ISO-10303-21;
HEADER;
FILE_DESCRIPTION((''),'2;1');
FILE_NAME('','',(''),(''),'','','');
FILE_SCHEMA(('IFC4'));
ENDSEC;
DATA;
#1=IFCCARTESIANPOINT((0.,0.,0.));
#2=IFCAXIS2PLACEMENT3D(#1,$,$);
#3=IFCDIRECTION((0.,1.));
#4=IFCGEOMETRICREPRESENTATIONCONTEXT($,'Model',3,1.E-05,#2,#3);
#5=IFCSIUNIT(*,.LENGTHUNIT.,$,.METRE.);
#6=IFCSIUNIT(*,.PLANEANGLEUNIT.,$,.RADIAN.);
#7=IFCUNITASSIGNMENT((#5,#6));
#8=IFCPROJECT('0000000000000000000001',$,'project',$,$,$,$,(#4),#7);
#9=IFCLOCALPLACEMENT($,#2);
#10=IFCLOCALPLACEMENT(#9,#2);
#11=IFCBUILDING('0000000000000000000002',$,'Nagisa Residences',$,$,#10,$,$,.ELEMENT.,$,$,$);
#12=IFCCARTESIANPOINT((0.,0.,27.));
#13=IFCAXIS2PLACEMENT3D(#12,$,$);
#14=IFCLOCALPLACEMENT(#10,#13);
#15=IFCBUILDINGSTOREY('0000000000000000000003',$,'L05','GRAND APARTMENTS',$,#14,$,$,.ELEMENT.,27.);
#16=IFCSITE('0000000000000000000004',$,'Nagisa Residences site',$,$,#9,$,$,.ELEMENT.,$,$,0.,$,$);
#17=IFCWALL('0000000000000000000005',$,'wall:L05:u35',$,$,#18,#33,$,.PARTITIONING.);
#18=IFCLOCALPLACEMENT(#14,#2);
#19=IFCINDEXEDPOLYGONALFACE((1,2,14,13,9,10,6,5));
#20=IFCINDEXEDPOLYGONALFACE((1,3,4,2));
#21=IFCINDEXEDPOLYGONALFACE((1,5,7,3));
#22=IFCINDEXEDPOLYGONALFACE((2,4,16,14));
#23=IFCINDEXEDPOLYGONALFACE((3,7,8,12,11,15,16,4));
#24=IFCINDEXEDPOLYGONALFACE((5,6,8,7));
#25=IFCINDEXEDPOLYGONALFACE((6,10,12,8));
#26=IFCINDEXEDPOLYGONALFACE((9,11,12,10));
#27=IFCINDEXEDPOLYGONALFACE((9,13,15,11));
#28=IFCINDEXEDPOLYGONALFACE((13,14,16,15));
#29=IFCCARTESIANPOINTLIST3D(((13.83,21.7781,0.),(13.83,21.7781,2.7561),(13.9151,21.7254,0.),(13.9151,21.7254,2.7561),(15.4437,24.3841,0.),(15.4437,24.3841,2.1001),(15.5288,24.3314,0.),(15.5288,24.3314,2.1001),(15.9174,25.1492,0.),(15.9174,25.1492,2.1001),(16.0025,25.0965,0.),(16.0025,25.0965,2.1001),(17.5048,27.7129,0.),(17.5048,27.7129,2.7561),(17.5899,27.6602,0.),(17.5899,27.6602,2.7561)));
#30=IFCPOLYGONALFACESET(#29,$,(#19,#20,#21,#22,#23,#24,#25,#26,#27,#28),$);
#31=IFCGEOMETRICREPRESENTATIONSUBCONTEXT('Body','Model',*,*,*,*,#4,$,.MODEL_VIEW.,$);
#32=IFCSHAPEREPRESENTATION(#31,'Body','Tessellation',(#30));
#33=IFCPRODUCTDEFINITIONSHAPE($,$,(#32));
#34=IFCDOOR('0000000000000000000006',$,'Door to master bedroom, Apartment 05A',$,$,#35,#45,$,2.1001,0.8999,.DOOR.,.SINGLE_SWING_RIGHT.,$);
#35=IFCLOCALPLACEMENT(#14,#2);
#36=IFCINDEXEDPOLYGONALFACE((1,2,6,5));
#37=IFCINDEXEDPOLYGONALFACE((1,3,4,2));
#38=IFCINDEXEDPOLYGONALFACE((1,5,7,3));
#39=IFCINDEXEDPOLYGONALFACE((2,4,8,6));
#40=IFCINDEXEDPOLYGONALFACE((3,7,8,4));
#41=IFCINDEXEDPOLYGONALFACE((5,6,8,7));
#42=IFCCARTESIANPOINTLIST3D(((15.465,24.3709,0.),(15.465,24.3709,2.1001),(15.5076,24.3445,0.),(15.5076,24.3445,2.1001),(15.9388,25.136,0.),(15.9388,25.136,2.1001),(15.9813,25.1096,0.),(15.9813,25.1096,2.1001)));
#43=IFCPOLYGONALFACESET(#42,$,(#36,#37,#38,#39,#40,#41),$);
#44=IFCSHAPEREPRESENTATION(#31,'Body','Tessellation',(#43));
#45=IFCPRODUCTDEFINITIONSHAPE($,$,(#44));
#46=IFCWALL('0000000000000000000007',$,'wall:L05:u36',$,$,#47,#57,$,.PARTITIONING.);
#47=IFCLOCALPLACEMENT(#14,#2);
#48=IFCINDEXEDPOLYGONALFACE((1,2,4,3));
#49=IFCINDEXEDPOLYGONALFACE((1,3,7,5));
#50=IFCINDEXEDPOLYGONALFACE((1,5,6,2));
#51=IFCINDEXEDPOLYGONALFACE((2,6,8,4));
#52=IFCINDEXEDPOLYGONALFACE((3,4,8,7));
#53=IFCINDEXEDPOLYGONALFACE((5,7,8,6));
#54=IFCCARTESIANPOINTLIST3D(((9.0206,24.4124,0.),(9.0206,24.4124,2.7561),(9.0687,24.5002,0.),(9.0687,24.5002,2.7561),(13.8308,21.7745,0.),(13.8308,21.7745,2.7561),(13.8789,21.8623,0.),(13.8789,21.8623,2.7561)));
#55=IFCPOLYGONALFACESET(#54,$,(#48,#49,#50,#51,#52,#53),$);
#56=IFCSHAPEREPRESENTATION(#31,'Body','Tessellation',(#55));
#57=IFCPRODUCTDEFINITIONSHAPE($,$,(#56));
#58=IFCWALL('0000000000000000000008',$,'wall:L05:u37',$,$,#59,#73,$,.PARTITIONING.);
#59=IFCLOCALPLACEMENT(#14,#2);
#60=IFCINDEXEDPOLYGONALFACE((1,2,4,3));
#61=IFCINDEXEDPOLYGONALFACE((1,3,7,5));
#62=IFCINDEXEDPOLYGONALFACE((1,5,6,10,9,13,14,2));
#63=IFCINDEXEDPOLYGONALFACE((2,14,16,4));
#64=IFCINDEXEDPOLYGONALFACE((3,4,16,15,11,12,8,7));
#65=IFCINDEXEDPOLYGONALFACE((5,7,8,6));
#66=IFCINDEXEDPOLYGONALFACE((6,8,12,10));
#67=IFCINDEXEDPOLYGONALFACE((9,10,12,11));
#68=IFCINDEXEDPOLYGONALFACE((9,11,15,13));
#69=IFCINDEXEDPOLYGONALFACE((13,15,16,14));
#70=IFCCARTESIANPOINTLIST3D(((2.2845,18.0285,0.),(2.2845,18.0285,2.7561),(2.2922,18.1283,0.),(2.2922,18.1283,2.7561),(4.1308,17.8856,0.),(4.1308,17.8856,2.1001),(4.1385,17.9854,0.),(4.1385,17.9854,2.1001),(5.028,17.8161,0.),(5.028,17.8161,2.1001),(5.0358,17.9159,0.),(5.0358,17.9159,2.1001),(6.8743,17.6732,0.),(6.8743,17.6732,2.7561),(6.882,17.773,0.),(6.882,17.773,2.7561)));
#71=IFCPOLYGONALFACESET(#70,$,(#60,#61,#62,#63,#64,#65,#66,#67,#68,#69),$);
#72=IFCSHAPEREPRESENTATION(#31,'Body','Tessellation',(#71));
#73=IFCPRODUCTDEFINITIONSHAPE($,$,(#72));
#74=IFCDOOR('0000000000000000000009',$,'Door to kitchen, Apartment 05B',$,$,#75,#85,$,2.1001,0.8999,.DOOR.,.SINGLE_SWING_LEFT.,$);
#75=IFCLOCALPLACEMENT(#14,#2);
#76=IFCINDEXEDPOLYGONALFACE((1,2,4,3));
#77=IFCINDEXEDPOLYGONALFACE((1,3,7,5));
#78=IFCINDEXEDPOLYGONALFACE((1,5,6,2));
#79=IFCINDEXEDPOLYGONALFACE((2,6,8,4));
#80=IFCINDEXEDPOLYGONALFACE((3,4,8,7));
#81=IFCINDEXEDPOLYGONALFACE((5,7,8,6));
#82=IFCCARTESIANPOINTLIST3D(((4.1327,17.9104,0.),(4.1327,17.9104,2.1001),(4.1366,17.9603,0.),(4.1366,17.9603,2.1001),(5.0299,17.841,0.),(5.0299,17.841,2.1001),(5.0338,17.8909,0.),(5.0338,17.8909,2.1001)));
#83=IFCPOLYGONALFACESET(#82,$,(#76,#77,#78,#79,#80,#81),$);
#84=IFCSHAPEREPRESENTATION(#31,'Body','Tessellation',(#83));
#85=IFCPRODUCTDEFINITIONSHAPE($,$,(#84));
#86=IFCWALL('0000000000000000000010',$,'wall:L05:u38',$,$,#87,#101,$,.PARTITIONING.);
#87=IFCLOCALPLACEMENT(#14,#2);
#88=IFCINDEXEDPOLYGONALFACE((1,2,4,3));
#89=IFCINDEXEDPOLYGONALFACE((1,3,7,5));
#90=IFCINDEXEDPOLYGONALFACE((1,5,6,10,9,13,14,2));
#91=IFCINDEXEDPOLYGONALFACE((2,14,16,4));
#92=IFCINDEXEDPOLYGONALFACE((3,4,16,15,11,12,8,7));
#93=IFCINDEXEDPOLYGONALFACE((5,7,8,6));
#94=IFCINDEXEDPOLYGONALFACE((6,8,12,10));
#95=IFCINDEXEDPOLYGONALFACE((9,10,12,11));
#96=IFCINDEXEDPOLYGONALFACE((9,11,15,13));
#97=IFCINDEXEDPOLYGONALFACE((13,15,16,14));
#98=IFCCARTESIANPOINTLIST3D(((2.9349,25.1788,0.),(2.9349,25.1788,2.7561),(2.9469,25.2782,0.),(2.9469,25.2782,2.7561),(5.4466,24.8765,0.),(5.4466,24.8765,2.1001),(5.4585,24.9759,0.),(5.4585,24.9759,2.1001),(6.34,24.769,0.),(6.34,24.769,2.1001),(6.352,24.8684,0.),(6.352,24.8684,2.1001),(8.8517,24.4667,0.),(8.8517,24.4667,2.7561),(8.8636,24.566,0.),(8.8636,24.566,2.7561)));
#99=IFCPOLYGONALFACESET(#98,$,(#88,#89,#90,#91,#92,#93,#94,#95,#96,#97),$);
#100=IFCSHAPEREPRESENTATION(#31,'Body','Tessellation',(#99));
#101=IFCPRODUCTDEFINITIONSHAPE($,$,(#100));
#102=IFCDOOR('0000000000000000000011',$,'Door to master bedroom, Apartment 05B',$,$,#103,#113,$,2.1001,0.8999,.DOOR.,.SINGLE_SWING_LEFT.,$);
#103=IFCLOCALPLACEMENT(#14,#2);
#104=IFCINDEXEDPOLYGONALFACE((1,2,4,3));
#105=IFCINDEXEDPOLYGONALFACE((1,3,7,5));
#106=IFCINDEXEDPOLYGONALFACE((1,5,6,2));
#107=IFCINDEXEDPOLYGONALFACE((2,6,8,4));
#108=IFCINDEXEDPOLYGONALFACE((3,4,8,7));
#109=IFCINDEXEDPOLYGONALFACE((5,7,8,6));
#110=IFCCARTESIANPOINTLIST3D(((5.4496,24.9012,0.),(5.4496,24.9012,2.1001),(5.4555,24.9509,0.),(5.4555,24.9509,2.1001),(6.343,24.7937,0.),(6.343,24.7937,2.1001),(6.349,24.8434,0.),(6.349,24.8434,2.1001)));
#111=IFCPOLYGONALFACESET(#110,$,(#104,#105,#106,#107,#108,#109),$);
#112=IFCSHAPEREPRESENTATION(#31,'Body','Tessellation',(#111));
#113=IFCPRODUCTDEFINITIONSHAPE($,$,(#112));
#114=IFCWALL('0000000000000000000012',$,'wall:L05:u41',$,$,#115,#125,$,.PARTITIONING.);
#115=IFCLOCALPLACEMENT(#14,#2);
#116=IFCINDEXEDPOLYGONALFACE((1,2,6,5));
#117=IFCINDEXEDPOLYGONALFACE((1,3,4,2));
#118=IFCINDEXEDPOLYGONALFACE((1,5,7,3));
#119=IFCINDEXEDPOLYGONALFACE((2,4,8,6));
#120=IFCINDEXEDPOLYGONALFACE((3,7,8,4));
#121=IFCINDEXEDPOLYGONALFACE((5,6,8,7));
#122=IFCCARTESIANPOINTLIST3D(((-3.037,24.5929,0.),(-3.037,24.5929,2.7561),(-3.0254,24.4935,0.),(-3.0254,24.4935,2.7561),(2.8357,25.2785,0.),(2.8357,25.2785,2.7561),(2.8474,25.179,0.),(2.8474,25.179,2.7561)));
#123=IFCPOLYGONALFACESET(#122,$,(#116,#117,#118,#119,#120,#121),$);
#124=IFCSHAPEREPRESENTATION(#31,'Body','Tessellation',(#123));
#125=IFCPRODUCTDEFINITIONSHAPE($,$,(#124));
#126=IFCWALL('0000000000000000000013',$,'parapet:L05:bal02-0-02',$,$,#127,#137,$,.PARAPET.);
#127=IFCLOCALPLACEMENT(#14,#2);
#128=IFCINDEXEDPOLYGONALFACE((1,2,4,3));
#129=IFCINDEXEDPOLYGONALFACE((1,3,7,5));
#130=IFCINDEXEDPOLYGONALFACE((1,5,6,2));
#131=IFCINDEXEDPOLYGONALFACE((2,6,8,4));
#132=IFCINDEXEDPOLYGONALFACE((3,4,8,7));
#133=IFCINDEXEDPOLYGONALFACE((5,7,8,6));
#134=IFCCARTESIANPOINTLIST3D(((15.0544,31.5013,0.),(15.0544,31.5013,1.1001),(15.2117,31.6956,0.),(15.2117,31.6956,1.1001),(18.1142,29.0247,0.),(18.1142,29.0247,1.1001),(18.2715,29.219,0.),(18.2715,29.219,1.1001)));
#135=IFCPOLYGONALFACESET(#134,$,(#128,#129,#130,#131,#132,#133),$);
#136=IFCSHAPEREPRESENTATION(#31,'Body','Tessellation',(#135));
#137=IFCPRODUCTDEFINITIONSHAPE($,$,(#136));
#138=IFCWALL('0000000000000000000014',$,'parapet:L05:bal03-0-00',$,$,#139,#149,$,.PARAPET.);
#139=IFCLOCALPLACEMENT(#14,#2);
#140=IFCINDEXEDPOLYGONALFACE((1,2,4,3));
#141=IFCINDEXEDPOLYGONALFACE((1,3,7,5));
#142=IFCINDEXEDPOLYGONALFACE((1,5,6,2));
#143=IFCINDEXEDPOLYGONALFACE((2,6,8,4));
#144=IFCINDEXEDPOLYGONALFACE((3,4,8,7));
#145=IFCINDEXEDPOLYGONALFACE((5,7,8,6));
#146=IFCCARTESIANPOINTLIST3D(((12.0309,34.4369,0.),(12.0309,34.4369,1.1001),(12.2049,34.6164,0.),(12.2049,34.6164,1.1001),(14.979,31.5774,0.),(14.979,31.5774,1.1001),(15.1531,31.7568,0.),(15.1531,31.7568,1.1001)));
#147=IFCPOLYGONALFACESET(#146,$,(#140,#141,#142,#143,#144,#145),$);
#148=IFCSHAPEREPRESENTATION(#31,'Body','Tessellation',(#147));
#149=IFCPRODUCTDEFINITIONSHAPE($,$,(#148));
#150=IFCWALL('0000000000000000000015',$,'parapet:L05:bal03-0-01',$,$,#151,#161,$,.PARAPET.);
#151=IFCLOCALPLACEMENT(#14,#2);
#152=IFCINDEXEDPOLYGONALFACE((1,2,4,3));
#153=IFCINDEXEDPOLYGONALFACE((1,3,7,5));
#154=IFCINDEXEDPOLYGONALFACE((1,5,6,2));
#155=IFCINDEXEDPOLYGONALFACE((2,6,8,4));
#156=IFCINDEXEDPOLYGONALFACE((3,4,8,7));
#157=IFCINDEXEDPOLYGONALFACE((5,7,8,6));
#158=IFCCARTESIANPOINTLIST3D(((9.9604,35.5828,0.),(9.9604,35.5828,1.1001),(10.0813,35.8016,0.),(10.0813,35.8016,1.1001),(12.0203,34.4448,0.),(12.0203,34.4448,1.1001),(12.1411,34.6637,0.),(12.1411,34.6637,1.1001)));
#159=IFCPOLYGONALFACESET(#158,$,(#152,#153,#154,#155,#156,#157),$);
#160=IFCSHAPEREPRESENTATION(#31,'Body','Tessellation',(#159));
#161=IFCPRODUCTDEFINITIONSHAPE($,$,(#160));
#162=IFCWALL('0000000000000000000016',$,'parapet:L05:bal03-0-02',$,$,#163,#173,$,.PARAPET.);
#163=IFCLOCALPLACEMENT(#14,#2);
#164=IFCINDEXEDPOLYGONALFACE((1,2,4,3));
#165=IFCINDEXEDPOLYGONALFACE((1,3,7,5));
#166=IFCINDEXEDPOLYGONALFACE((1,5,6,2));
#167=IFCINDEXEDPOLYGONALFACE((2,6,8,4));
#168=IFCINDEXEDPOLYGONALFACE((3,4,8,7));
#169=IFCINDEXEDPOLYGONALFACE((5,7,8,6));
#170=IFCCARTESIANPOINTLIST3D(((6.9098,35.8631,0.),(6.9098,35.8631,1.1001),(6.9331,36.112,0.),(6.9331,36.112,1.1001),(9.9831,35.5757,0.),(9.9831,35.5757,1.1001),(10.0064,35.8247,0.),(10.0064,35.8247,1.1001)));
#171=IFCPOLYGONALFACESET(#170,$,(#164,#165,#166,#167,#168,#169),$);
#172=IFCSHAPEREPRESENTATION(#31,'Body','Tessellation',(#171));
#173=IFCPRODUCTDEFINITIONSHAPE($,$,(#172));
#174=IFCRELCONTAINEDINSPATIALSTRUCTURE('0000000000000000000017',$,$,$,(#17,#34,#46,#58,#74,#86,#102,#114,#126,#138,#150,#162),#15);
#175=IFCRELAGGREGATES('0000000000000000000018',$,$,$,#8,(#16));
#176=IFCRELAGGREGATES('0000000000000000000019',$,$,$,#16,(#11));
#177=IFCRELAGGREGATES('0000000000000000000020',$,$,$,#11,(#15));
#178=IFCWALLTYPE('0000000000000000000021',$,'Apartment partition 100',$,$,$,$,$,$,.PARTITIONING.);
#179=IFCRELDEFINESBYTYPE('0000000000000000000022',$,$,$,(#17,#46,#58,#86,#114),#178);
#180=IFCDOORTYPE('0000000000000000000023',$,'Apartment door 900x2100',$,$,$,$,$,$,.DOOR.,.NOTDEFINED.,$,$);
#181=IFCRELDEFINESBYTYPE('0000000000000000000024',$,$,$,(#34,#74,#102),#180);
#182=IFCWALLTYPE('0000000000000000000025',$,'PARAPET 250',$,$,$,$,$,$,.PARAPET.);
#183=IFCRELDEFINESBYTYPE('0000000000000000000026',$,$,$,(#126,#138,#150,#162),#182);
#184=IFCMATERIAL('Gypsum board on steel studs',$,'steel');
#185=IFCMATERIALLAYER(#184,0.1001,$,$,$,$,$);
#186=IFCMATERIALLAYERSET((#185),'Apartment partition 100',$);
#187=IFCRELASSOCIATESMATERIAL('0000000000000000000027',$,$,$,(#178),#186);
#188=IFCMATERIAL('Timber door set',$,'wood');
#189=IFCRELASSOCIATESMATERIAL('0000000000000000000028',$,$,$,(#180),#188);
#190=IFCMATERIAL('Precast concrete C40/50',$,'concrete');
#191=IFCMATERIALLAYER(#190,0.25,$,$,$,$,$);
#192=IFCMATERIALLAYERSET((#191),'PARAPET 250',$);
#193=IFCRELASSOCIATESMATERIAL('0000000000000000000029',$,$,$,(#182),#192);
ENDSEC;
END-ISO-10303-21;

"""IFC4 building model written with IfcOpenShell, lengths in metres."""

from ifc_helpers import new_model, si_unit, direction, frame, frame_2d, origin, place, context, subcontext, project, spatial, rectangle, extrude, material, layer, layer_set, type_object, element, fill, save


model = new_model("IFC4")

# Units and contexts
model_context = context("Model", 3, precision=1e-05, world=origin(), true_north=direction((0.0, 1.0)))
body_context = subcontext(model_context, "Body", "Model", "MODEL_VIEW")
ifc_project = project(units=[si_unit("LENGTHUNIT", "METRE"), si_unit("PLANEANGLEUNIT", "RADIAN")], contexts=[model_context])

# Site, building, storey
site_placement = place(None, origin())
site = spatial("IfcSite", under=ifc_project, at=site_placement, Name="Nagisa Residences site", CompositionType="ELEMENT", RefElevation=0.0)
building_placement = place(site_placement, origin())
building = spatial("IfcBuilding", under=site, at=building_placement, Name="Nagisa Residences", CompositionType="ELEMENT")
storey_placement = place(building_placement, frame((0.0, 0.0, 27.0)))
storey = spatial("IfcBuildingStorey", under=building, at=storey_placement, Name="L05", Description="GRAND APARTMENTS", CompositionType="ELEMENT", Elevation=27.0)

# Wall, opening, door
ifc_material_1 = material(Name="Gypsum board on steel studs", Category="steel")
ifc_layer_1 = layer(ifc_material_1, 0.1001)
ifc_layer_set_1 = layer_set([ifc_layer_1], Name="Apartment partition 100")
wall_type_1 = type_object("IfcWallType", Name="Apartment partition 100", PredefinedType="PARTITIONING", material=ifc_layer_set_1)
wall_1_placement = place(storey_placement, frame((13.8726, 21.7517, 0.0), z_axis=(0.0, 0.0, 1.0), x_axis=(0.526445, 0.850209, 0.0)))
wall_1 = element("IfcWall", 1, at=wall_1_placement, inside=storey, type_object=wall_type_1, Name="wall:L05:u35", PredefinedType="PARTITIONING", context=body_context, shape_type="SweptSolid", body=[
    extrude(rectangle(XDim=6.9805, YDim=0.1001, at=frame_2d((3.4902, 0.0))), origin(), (0.0, 0.0, 1.0), 2.7561),
])
opening_1_placement = place(wall_1_placement, frame((3.0652, 0.0, 0.0)))
opening_1 = element("IfcOpeningElement", 2, at=opening_1_placement, cuts=wall_1, PredefinedType="OPENING", context=body_context, shape_type="SweptSolid", body=[
    extrude(rectangle(XDim=0.8999, YDim=2.1001, at=frame_2d((0.45, 1.05))), frame((0.0, 0.0601, 0.0), z_axis=(0.0, -1.0, 0.0), x_axis=(1.0, 0.0, 0.0)), (0.0, 0.0, 1.0), 0.1201),
])
ifc_material_2 = material(Name="Timber door set", Category="wood")
door_type_1 = type_object("IfcDoorType", Name="Apartment door 900x2100", OperationType="NOTDEFINED", PredefinedType="DOOR", material=ifc_material_2)
door_1_placement = place(opening_1_placement, origin())
door_1 = element("IfcDoor", 3, at=door_1_placement, inside=storey, type_object=door_type_1, Name="Door to master bedroom, Apartment 05A", OperationType="SINGLE_SWING_RIGHT", OverallHeight=2.1001, OverallWidth=0.8999, PredefinedType="DOOR", context=body_context, shape_type="SweptSolid", body=[
    extrude(rectangle(XDim=0.8999, YDim=2.1001, at=frame_2d((0.45, 1.05))), frame((0.0, 0.0249, 0.0), z_axis=(0.0, -1.0, 0.0), x_axis=(1.0, 0.0, 0.0)), (0.0, 0.0, 1.0), 0.05),
])
fill(opening_1, door_1)

# Wall
wall_2_placement = place(storey_placement, frame((13.855, 21.8184, 0.0), z_axis=(0.0, 0.0, 1.0), x_axis=(-0.87681, 0.480837, 0.0)))
element("IfcWall", 4, at=wall_2_placement, inside=storey, type_object=wall_type_1, Name="wall:L05:u36", PredefinedType="PARTITIONING", context=body_context, shape_type="SweptSolid", body=[
    extrude(rectangle(XDim=5.4861, YDim=0.1001, at=frame_2d((2.7432, 0.0))), origin(), (0.0, 0.0, 1.0), 2.7561),
])

# Walls, openings, doors
wall_3_placement = place(storey_placement, frame((6.8782, 17.7231, 0.0), z_axis=(0.0, 0.0, 1.0), x_axis=(-0.997019, 0.077163, 0.0)))
wall_3 = element("IfcWall", 5, at=wall_3_placement, inside=storey, type_object=wall_type_1, Name="wall:L05:u37", PredefinedType="PARTITIONING", context=body_context, shape_type="SweptSolid", body=[
    extrude(rectangle(XDim=4.6035, YDim=0.1001, at=frame_2d((2.3018, 0.0))), origin(), (0.0, 0.0, 1.0), 2.7561),
])
opening_2_placement = place(wall_3_placement, frame((1.8518, 0.0, 0.0)))
opening_2 = element("IfcOpeningElement", 6, at=opening_2_placement, cuts=wall_3, PredefinedType="OPENING", context=body_context, shape_type="SweptSolid", body=[
    extrude(rectangle(XDim=0.8999, YDim=2.1001, at=frame_2d((0.45, 1.05))), frame((0.0, 0.0601, 0.0), z_axis=(0.0, -1.0, 0.0), x_axis=(1.0, 0.0, 0.0)), (0.0, 0.0, 1.0), 0.1201),
])
door_2_placement = place(opening_2_placement, frame((0.8999, 0.0, 0.0), x_axis=(-1.0, 0.0, 0.0)))
door_2 = element("IfcDoor", 7, at=door_2_placement, inside=storey, type_object=door_type_1, Name="Door to kitchen, Apartment 05B", OperationType="SINGLE_SWING_LEFT", OverallHeight=2.1001, OverallWidth=0.8999, PredefinedType="DOOR", context=body_context, shape_type="SweptSolid", body=[
    extrude(rectangle(XDim=0.8999, YDim=2.1001, at=frame_2d((0.45, 1.05))), frame((0.0, 0.0249, 0.0), z_axis=(0.0, -1.0, 0.0), x_axis=(1.0, 0.0, 0.0)), (0.0, 0.0, 1.0), 0.05),
])
fill(opening_2, door_2)
wall_4_placement = place(storey_placement, frame((8.8577, 24.5164, 0.0), z_axis=(0.0, 0.0, 1.0), x_axis=(-0.992834, 0.119501, 0.0)))
wall_4 = element("IfcWall", 8, at=wall_4_placement, inside=storey, type_object=wall_type_1, Name="wall:L05:u38", PredefinedType="PARTITIONING", context=body_context, shape_type="SweptSolid", body=[
    extrude(rectangle(XDim=5.9595, YDim=0.1001, at=frame_2d((2.9797, 0.0))), origin(), (0.0, 0.0, 1.0), 2.7561),
])
opening_3_placement = place(wall_4_placement, frame((2.5298, 0.0, 0.0)))
opening_3 = element("IfcOpeningElement", 9, at=opening_3_placement, cuts=wall_4, PredefinedType="OPENING", context=body_context, shape_type="SweptSolid", body=[
    extrude(rectangle(XDim=0.8999, YDim=2.1001, at=frame_2d((0.45, 1.05))), frame((0.0, 0.0601, 0.0), z_axis=(0.0, -1.0, 0.0), x_axis=(1.0, 0.0, 0.0)), (0.0, 0.0, 1.0), 0.1201),
])
door_3_placement = place(opening_3_placement, frame((0.8999, 0.0, 0.0), x_axis=(-1.0, 0.0, 0.0)))
door_3 = element("IfcDoor", 10, at=door_3_placement, inside=storey, type_object=door_type_1, Name="Door to master bedroom, Apartment 05B", OperationType="SINGLE_SWING_LEFT", OverallHeight=2.1001, OverallWidth=0.8999, PredefinedType="DOOR", context=body_context, shape_type="SweptSolid", body=[
    extrude(rectangle(XDim=0.8999, YDim=2.1001, at=frame_2d((0.45, 1.05))), frame((0.0, 0.0249, 0.0), z_axis=(0.0, -1.0, 0.0), x_axis=(1.0, 0.0, 0.0)), (0.0, 0.0, 1.0), 0.05),
])
fill(opening_3, door_3)

# Wall
wall_5_placement = place(storey_placement, frame((2.8416, 25.2288, 0.0), z_axis=(0.0, 0.0, 1.0), x_axis=(-0.993256, -0.115945, 0.0)))
element("IfcWall", 11, at=wall_5_placement, inside=storey, type_object=wall_type_1, Name="wall:L05:u41", PredefinedType="PARTITIONING", context=body_context, shape_type="SweptSolid", body=[
    extrude(rectangle(XDim=5.9126, YDim=0.1001, at=frame_2d((2.9563, 0.0))), origin(), (0.0, 0.0, 1.0), 2.7561),
])

# Walls
ifc_material_3 = material(Name="Precast concrete C40/50", Category="concrete")
ifc_layer_2 = layer(ifc_material_3, 0.25)
ifc_layer_set_2 = layer_set([ifc_layer_2], Name="PARAPET 250")
wall_type_2 = type_object("IfcWallType", Name="PARAPET 250", PredefinedType="PARAPET", material=ifc_layer_set_2)
wall_6_placement = place(storey_placement, frame((18.1929, 29.1218, 0.0), z_axis=(0.0, 0.0, 1.0), x_axis=(-0.777298, 0.629132, 0.0)))
element("IfcWall", 12, at=wall_6_placement, inside=storey, type_object=wall_type_2, Name="parapet:L05:bal02-0-02", PredefinedType="PARAPET", context=body_context, shape_type="SweptSolid", body=[
    extrude(rectangle(XDim=3.9365, YDim=0.25, at=frame_2d((1.9683, 0.0))), origin(), (0.0, 0.0, 1.0), 1.1001),
])
wall_7_placement = place(storey_placement, frame((15.0662, 31.667, 0.0), z_axis=(0.0, 0.0, 1.0), x_axis=(-0.717813, 0.696236, 0.0)))
element("IfcWall", 13, at=wall_7_placement, inside=storey, type_object=wall_type_2, Name="parapet:L05:bal03-0-00", PredefinedType="PARAPET", context=body_context, shape_type="SweptSolid", body=[
    extrude(rectangle(XDim=4.1072, YDim=0.25, at=frame_2d((2.0537, 0.0))), origin(), (0.0, 0.0, 1.0), 1.1001),
])
wall_8_placement = place(storey_placement, frame((12.0808, 34.5542, 0.0), z_axis=(0.0, 0.0, 1.0), x_axis=(-0.87531, 0.483563, 0.0)))
element("IfcWall", 14, at=wall_8_placement, inside=storey, type_object=wall_type_2, Name="parapet:L05:bal03-0-01", PredefinedType="PARAPET", context=body_context, shape_type="SweptSolid", body=[
    extrude(rectangle(XDim=2.3533, YDim=0.25, at=frame_2d((1.1768, 0.0))), origin(), (0.0, 0.0, 1.0), 1.1001),
])
wall_9_placement = place(storey_placement, frame((9.9949, 35.7002, 0.0), z_axis=(0.0, 0.0, 1.0), x_axis=(-0.995657, 0.093096, 0.0)))
element("IfcWall", 15, at=wall_9_placement, inside=storey, type_object=wall_type_2, Name="parapet:L05:bal03-0-02", PredefinedType="PARAPET", context=body_context, shape_type="SweptSolid", body=[
    extrude(rectangle(XDim=3.0867, YDim=0.25, at=frame_2d((1.5435, 0.0))), origin(), (0.0, 0.0, 1.0), 1.1001),
])

save(model, "model.ifc")
